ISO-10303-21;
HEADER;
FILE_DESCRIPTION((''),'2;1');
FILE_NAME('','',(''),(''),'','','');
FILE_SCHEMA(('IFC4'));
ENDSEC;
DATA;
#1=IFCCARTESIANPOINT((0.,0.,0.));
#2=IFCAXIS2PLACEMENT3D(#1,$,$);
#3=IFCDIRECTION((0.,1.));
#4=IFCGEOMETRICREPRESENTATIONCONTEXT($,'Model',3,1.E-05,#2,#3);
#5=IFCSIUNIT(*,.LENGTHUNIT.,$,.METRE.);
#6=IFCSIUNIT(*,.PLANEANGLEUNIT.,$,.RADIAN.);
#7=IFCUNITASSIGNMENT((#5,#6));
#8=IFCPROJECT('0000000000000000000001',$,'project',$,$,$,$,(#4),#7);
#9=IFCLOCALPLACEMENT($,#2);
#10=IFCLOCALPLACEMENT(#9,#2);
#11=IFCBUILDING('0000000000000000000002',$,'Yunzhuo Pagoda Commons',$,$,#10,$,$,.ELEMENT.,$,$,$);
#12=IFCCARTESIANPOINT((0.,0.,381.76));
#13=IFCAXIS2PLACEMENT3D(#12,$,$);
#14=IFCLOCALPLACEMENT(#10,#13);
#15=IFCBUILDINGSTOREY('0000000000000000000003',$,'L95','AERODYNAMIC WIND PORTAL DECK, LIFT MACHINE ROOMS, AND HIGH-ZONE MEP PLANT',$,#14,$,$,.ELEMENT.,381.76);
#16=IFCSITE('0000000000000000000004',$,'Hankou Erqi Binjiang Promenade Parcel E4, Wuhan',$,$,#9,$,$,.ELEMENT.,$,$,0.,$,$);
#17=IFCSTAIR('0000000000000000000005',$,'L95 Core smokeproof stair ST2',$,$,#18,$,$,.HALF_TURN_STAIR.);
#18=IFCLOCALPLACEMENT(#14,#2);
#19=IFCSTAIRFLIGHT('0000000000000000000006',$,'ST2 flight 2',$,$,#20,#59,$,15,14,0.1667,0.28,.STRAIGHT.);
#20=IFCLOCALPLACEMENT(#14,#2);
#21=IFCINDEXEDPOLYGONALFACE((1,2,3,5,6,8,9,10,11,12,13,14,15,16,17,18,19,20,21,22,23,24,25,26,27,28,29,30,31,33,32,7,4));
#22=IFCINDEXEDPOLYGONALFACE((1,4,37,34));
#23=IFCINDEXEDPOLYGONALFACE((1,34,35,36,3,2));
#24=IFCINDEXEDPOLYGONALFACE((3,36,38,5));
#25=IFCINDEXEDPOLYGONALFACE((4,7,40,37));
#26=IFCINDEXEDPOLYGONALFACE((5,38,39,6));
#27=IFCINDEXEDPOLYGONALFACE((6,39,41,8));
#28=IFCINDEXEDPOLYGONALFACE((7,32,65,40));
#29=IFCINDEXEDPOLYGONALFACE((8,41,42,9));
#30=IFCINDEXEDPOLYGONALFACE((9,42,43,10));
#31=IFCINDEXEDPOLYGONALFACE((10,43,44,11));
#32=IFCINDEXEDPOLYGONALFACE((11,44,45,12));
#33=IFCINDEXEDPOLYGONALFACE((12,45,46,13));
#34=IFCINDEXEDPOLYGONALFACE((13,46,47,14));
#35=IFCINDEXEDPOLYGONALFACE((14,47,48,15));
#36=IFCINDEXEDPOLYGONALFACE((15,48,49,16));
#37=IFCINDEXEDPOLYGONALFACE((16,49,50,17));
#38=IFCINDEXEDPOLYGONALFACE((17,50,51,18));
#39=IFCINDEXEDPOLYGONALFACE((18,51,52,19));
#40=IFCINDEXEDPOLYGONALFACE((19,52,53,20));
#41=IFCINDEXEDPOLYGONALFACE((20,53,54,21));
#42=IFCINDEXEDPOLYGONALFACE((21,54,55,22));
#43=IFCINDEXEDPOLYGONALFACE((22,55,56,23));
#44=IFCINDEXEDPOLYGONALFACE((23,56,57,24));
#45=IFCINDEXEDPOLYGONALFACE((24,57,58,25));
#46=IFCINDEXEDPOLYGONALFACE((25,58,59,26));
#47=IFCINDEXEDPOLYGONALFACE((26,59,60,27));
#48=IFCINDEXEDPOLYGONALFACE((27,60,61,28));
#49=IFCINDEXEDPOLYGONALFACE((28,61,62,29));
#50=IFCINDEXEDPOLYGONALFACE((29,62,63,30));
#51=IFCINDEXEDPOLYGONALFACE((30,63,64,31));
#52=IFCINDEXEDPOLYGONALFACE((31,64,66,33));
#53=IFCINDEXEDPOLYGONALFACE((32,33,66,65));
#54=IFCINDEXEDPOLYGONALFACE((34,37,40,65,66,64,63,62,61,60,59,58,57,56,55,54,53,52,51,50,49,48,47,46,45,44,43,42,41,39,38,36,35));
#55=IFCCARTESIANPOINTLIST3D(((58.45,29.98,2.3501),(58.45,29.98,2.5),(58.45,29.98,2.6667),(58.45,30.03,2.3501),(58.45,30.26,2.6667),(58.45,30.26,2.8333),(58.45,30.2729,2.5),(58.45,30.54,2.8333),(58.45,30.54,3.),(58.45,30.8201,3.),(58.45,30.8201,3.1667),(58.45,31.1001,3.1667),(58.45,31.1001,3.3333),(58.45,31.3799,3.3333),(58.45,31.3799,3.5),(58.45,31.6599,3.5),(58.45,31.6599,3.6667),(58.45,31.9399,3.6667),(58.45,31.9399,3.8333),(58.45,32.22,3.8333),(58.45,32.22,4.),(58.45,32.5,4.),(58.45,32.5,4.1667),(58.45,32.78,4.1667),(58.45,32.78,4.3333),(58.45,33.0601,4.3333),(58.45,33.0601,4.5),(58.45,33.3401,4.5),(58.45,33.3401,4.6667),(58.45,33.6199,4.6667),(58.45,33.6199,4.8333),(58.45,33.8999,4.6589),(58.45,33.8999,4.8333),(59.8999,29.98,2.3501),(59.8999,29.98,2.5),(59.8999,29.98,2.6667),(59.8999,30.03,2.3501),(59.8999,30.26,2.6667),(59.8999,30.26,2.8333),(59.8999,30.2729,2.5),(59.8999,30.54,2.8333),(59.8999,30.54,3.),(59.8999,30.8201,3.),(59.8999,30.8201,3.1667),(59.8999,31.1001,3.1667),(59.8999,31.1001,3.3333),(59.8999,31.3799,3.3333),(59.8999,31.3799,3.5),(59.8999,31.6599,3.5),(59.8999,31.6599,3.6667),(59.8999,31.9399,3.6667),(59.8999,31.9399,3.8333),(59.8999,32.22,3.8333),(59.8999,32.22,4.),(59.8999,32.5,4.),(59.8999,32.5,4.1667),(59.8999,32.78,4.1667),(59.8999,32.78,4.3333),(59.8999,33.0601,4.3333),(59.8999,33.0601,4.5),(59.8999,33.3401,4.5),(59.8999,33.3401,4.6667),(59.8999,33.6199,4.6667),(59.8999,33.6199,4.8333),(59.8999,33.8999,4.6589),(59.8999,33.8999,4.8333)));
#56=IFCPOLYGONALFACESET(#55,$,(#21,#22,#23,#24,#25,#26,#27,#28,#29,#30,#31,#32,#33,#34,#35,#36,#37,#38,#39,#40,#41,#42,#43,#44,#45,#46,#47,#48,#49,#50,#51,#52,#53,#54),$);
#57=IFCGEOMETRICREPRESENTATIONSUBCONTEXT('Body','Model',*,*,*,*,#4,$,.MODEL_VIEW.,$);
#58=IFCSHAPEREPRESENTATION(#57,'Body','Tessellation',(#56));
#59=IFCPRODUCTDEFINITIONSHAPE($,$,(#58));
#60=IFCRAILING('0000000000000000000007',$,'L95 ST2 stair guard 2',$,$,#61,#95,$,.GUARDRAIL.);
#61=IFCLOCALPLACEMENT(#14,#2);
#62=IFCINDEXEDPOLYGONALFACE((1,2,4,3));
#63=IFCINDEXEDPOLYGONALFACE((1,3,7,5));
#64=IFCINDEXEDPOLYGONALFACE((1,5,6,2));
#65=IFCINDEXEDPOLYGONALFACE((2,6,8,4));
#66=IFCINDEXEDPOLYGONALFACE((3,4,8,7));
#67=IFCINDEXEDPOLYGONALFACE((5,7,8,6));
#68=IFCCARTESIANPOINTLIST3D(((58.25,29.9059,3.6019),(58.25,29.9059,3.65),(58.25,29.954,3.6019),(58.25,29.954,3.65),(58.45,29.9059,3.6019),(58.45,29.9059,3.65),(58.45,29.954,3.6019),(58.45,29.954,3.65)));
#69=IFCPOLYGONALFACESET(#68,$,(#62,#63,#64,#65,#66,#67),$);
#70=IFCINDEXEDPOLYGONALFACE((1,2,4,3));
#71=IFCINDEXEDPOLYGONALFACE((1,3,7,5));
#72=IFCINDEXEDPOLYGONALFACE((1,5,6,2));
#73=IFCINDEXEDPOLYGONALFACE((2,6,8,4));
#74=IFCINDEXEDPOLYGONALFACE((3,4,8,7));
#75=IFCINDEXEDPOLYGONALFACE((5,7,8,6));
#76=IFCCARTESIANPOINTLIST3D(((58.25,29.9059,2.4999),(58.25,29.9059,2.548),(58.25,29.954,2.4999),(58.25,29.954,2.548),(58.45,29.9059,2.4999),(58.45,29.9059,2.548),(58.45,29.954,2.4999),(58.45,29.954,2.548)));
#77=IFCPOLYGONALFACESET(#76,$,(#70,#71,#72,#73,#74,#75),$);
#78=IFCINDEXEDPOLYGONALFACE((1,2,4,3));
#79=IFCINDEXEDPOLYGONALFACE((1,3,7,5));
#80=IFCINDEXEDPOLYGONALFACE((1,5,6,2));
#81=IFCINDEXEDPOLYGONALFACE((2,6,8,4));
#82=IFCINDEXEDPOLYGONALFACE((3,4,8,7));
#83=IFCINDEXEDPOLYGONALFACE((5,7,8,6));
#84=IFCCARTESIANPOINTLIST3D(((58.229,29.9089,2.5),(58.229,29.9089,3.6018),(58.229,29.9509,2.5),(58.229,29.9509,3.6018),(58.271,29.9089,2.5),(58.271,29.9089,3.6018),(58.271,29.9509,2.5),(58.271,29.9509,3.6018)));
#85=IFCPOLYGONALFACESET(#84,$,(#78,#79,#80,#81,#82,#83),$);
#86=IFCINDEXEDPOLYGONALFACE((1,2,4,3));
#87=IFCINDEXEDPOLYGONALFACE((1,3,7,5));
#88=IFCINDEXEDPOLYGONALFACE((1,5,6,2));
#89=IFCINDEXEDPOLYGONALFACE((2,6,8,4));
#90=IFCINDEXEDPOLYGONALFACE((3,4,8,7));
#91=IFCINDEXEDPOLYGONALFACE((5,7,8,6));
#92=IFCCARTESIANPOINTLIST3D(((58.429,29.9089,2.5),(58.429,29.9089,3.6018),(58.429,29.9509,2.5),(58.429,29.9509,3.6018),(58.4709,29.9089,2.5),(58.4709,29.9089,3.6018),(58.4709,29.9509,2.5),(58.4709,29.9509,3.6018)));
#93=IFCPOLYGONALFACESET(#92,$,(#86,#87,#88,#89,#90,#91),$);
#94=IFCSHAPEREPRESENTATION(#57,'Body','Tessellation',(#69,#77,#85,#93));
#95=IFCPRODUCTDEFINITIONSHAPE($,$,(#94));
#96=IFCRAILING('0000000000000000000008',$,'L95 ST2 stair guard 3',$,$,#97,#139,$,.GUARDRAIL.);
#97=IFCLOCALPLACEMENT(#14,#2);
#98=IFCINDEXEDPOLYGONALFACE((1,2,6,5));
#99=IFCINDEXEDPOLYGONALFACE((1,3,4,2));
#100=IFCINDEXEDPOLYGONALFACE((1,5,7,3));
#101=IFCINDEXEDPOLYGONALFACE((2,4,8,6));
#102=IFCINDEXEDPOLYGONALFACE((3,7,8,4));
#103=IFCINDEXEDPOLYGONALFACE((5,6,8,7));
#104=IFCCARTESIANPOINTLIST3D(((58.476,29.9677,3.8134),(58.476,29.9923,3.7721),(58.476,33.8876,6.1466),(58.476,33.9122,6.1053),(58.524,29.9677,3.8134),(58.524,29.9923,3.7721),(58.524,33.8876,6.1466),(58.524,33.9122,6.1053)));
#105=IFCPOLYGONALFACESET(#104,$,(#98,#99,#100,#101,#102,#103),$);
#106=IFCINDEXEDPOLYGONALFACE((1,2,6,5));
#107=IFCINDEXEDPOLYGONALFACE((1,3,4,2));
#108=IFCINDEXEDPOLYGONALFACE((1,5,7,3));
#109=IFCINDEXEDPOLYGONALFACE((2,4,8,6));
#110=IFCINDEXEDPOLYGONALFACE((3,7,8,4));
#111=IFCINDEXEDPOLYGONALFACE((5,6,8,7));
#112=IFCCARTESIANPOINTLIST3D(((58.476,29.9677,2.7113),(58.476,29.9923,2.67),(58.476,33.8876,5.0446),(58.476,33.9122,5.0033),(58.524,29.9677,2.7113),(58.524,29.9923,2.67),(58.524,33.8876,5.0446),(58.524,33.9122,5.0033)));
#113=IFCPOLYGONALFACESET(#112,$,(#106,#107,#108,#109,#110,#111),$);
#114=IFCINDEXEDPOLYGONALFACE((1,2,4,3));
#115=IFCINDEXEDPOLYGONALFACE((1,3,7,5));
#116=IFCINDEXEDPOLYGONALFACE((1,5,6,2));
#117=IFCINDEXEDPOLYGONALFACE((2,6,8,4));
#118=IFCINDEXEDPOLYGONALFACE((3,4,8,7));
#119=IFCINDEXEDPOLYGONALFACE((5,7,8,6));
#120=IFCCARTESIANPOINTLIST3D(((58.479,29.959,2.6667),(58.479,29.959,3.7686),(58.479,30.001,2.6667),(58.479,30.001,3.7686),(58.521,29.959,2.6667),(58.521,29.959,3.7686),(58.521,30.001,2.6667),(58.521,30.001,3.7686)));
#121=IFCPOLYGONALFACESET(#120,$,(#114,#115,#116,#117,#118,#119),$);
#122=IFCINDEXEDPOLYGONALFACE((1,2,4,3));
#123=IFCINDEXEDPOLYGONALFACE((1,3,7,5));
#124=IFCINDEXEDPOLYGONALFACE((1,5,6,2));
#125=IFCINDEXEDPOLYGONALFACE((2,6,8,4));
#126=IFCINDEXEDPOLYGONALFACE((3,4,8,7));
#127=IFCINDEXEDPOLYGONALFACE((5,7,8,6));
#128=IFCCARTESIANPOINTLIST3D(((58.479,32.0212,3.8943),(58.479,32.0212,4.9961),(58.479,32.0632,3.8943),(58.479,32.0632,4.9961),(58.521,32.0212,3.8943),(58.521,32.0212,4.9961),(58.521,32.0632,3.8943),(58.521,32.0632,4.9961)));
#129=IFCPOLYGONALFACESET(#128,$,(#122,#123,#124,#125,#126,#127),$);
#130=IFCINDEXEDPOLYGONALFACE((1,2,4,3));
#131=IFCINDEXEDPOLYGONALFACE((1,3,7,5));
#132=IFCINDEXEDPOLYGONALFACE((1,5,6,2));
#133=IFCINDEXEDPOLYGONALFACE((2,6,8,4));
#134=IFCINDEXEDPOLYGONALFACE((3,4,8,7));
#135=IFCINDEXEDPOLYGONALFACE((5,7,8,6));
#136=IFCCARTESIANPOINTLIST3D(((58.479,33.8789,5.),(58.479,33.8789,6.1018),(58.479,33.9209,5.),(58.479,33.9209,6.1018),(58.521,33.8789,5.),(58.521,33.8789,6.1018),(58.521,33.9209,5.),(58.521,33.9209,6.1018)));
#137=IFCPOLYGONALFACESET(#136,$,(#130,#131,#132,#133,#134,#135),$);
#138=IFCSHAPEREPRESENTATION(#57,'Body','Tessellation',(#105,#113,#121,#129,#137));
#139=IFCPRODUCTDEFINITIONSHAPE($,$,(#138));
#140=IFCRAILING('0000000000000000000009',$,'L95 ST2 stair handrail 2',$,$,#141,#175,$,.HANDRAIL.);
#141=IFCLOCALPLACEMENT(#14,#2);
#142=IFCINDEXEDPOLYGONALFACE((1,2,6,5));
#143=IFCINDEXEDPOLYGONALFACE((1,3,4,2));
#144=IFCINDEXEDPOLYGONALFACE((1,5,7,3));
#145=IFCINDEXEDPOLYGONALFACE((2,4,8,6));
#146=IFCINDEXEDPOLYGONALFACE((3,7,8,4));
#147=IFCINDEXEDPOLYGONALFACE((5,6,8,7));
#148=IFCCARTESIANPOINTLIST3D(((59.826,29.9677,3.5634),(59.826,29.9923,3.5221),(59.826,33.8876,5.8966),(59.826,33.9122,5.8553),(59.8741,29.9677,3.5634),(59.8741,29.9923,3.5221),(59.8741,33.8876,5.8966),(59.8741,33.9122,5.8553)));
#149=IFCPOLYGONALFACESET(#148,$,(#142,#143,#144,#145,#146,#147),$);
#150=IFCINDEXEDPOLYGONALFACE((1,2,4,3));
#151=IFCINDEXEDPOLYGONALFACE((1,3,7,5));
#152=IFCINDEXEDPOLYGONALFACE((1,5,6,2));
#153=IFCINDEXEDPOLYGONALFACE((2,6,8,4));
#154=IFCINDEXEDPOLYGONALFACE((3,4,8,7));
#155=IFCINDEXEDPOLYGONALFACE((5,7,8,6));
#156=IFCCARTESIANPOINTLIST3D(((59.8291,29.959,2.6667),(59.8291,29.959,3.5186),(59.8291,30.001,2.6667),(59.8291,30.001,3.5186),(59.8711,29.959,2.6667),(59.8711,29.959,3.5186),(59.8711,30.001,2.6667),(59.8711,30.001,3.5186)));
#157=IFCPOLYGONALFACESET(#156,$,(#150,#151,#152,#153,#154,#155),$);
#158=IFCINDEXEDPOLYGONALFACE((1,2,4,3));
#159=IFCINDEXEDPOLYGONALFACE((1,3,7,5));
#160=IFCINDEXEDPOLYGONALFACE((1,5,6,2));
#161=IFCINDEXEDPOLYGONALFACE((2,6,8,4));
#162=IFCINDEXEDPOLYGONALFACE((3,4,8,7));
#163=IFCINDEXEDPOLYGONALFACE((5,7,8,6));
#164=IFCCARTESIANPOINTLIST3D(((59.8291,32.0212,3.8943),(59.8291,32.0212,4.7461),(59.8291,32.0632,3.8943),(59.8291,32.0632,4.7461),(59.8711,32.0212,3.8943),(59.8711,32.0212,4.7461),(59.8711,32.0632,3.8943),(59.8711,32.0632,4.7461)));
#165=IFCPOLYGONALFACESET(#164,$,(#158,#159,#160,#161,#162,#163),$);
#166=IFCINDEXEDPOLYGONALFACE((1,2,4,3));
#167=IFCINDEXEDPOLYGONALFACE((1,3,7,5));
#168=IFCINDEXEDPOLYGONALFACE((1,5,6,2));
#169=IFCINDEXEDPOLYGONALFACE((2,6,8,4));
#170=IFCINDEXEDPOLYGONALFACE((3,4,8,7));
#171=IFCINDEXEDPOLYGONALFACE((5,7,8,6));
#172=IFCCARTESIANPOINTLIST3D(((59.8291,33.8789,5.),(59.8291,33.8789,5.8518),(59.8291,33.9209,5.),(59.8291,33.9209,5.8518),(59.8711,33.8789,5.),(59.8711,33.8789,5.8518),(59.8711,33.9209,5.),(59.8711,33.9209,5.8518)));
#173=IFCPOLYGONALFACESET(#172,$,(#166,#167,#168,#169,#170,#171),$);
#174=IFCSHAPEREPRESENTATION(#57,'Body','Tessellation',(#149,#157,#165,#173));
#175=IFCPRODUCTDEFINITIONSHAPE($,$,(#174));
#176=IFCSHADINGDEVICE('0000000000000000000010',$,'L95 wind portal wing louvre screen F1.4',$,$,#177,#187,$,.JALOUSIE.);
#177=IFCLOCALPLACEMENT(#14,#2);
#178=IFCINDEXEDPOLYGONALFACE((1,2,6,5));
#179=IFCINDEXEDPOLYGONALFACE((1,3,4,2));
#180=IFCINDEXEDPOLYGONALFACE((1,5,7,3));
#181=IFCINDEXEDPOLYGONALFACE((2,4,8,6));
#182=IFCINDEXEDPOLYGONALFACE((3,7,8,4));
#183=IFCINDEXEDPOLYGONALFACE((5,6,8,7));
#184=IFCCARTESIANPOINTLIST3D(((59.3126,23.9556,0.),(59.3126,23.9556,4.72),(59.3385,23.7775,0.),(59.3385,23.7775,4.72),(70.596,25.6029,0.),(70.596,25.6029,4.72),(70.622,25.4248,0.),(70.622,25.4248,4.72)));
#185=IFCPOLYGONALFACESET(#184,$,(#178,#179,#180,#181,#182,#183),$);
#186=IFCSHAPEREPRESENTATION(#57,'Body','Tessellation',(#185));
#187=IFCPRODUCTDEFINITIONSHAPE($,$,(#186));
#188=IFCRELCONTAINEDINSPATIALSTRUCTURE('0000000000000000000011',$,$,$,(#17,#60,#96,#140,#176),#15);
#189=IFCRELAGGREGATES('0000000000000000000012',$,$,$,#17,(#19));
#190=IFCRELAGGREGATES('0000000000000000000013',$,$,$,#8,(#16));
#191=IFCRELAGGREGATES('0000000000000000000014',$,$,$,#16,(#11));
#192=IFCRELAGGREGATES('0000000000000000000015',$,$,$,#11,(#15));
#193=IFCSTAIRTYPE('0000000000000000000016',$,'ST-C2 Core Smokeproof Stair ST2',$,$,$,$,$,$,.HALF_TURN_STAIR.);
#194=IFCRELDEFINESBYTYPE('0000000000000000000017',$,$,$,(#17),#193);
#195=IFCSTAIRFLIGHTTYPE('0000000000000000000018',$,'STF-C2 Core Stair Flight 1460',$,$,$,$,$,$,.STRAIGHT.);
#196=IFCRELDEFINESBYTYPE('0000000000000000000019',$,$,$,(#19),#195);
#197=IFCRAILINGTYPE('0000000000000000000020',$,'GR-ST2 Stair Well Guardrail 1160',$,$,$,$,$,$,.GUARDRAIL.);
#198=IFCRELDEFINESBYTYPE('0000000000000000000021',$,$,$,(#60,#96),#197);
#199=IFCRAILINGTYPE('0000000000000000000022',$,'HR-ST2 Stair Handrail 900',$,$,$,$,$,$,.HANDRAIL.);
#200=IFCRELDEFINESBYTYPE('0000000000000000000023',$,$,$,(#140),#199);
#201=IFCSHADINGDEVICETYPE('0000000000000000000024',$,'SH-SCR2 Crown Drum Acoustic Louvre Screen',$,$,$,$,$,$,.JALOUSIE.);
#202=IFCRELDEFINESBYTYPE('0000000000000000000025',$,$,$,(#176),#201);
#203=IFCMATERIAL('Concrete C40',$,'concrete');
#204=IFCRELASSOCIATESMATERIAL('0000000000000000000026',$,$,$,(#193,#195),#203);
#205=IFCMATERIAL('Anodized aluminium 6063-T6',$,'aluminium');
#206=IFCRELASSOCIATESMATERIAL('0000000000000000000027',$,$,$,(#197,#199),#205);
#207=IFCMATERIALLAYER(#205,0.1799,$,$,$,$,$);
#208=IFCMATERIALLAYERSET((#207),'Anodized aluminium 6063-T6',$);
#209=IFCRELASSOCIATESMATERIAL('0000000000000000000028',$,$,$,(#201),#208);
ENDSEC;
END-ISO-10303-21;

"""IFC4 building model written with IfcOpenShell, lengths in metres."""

from ifc_helpers import new_model, si_unit, direction, frame, origin, origin_2d, place, context, subcontext, project, spatial, polyline, rectangle, outline, extrude, source, transform, mapped, material, layer, layer_set, type_object, element, aggregate, save


model = new_model("IFC4")

# Units and contexts
model_context = context("Model", 3, precision=1e-05, world=origin(), true_north=direction((0.0, 1.0)))
body_context = subcontext(model_context, "Body", "Model", "MODEL_VIEW")
ifc_project = project(units=[si_unit("LENGTHUNIT", "METRE"), si_unit("PLANEANGLEUNIT", "RADIAN")], contexts=[model_context])

# Site, building, storey
site_placement = place(None, origin())
site = spatial("IfcSite", under=ifc_project, at=site_placement, Name="Hankou Erqi Binjiang Promenade Parcel E4, Wuhan", CompositionType="ELEMENT", RefElevation=0.0)
building_placement = place(site_placement, origin())
building = spatial("IfcBuilding", under=site, at=building_placement, Name="Yunzhuo Pagoda Commons", CompositionType="ELEMENT")
storey_placement = place(building_placement, frame((0.0, 0.0, 381.76)))
storey = spatial("IfcBuildingStorey", under=building, at=storey_placement, Name="L95", Description="AERODYNAMIC WIND PORTAL DECK, LIFT MACHINE ROOMS, AND HIGH-ZONE MEP PLANT", CompositionType="ELEMENT", Elevation=381.76)

# Stair, stair flight
ifc_material_1 = material(Name="Concrete C40", Category="concrete")
stair_type = type_object("IfcStairType", Name="ST-C2 Core Smokeproof Stair ST2", PredefinedType="HALF_TURN_STAIR", material=ifc_material_1)
stair_placement = place(storey_placement, origin())
stair = element("IfcStair", 1, at=stair_placement, inside=storey, type_object=stair_type, Name="L95 Core smokeproof stair ST2", PredefinedType="HALF_TURN_STAIR")
stair_flight_type = type_object("IfcStairFlightType", Name="STF-C2 Core Stair Flight 1460", PredefinedType="STRAIGHT", material=ifc_material_1)
shared_shape_1 = source(origin(), body_context, "Body", "SweptSolid", [
    extrude(outline(polyline([(0.0, -0.1499), (0.0, 0.0), (0.0, 0.1667), (0.28, 0.1667), (0.28, 0.3333), (0.5601, 0.3333), (0.5601, 0.5), (0.8401, 0.5), (0.8401, 0.6667), (1.1201, 0.6667), (1.1201, 0.8333), (1.3999, 0.8333), (1.3999, 1.0), (1.6799, 1.0), (1.6799, 1.1667), (1.96, 1.1667), (1.96, 1.3333), (2.24, 1.3333), (2.24, 1.5), (2.52, 1.5), (2.52, 1.6667), (2.8, 1.6667), (2.8, 1.8333), (3.0801, 1.8333), (3.0801, 2.0), (3.3601, 2.0), (3.3601, 2.1667), (3.6399, 2.1667), (3.6399, 2.3333), (3.9199, 2.3333), (3.9199, 2.5), (3.9199, 2.1589), (0.293, 0.0), (0.05, -0.1499), (0.0, -0.1499)])), frame((0.0, 0.7251, 0.0), z_axis=(0.0, -1.0, 0.0), x_axis=(1.0, 0.0, 0.0)), (0.0, 0.0, 1.0), 1.45),
])
stair_flight_placement = place(storey_placement, frame((59.175, 29.98, 2.5), z_axis=(0.0, 0.0, 1.0), x_axis=(0.0, 1.0, 0.0)))
stair_flight = element("IfcStairFlight", 2, at=stair_flight_placement, type_object=stair_flight_type, Name="ST2 flight 2", NumberOfRisers=15, NumberOfTreads=14, PredefinedType="STRAIGHT", RiserHeight=0.1667, TreadLength=0.28, context=body_context, shape_type="MappedRepresentation", body=[
    mapped(shared_shape_1, transform((0.0, 0.0, 0.0), scale=1.0)),
])
aggregate(stair, [stair_flight])

# Railings
ifc_material_2 = material(Name="Anodized aluminium 6063-T6", Category="aluminium")
railing_type_1 = type_object("IfcRailingType", Name="GR-ST2 Stair Well Guardrail 1160", PredefinedType="GUARDRAIL", material=ifc_material_2)
railing_1_placement = place(storey_placement, frame((58.25, 29.9299, 2.5)))
element("IfcRailing", 3, at=railing_1_placement, inside=storey, type_object=railing_type_1, Name="L95 ST2 stair guard 2", PredefinedType="GUARDRAIL", context=body_context, shape_type="SweptSolid", body=[
    extrude(rectangle(XDim=0.0481, YDim=0.0481, at=origin_2d()), frame((0.0, 0.0, 1.126), z_axis=(1.0, 0.0, 0.0), x_axis=(0.0, 1.0, 0.0)), (0.0, 0.0, 1.0), 0.2),
    extrude(rectangle(XDim=0.0481, YDim=0.0481, at=origin_2d()), frame((0.0, 0.0, 0.0239), z_axis=(1.0, 0.0, 0.0), x_axis=(0.0, 1.0, 0.0)), (0.0, 0.0, 1.0), 0.2),
    extrude(rectangle(XDim=0.042, YDim=0.042, at=origin_2d()), origin(), (0.0, 0.0, 1.0), 1.1018),
    extrude(rectangle(XDim=0.042, YDim=0.042, at=origin_2d()), frame((0.2, 0.0, 0.0)), (0.0, 0.0, 1.0), 1.1018),
])
railing_2_placement = place(storey_placement, frame((58.5, 29.98, 2.6667)))
element("IfcRailing", 4, at=railing_2_placement, inside=storey, type_object=railing_type_1, Name="L95 ST2 stair guard 3", PredefinedType="GUARDRAIL", context=body_context, shape_type="SweptSolid", body=[
    extrude(rectangle(XDim=0.0481, YDim=0.0481, at=origin_2d()), frame((0.0, 0.0, 1.126), z_axis=(0.0, 0.859296, 0.511478), x_axis=(-1.0, 0.0, 0.0)), (0.0, 0.0, 1.0), 4.5618),
    extrude(rectangle(XDim=0.0481, YDim=0.0481, at=origin_2d()), frame((0.0, 0.0, 0.0239), z_axis=(0.0, 0.859296, 0.511478), x_axis=(-1.0, 0.0, 0.0)), (0.0, 0.0, 1.0), 4.5618),
    extrude(rectangle(XDim=0.042, YDim=0.042, at=origin_2d()), origin(), (0.0, 0.0, 1.0), 1.1018),
    extrude(rectangle(XDim=0.042, YDim=0.042, at=origin_2d()), frame((0.0, 2.0623, 1.2275)), (0.0, 0.0, 1.0), 1.1018),
    extrude(rectangle(XDim=0.042, YDim=0.042, at=origin_2d()), frame((0.0, 3.9199, 2.3333)), (0.0, 0.0, 1.0), 1.1018),
])
railing_type_2 = type_object("IfcRailingType", Name="HR-ST2 Stair Handrail 900", PredefinedType="HANDRAIL", material=ifc_material_2)
railing_3_placement = place(storey_placement, frame((59.8501, 29.98, 2.6667)))
element("IfcRailing", 5, at=railing_3_placement, inside=storey, type_object=railing_type_2, Name="L95 ST2 stair handrail 2", PredefinedType="HANDRAIL", context=body_context, shape_type="SweptSolid", body=[
    extrude(rectangle(XDim=0.0481, YDim=0.0481, at=origin_2d()), frame((0.0, 0.0, 0.876), z_axis=(0.0, 0.859296, 0.511478), x_axis=(-1.0, 0.0, 0.0)), (0.0, 0.0, 1.0), 4.5618),
    extrude(rectangle(XDim=0.042, YDim=0.042, at=origin_2d()), origin(), (0.0, 0.0, 1.0), 0.8518),
    extrude(rectangle(XDim=0.042, YDim=0.042, at=origin_2d()), frame((0.0, 2.0623, 1.2275)), (0.0, 0.0, 1.0), 0.8518),
    extrude(rectangle(XDim=0.042, YDim=0.042, at=origin_2d()), frame((0.0, 3.9199, 2.3333)), (0.0, 0.0, 1.0), 0.8518),
])

# Shading device
ifc_layer_1 = layer(ifc_material_2, 0.1799)
ifc_layer_set_1 = layer_set([ifc_layer_1], Name="Anodized aluminium 6063-T6")
shading_device_type = type_object("IfcShadingDeviceType", Name="SH-SCR2 Crown Drum Acoustic Louvre Screen", PredefinedType="JALOUSIE", material=ifc_layer_set_1)
shared_shape_2 = source(origin(), body_context, "Body", "SweptSolid", [
    extrude(rectangle(XDim=11.4031, YDim=0.1799, at=origin_2d()), origin(), (0.0, 0.0, 1.0), 4.72),
])
shading_device_placement = place(storey_placement, frame((64.9673, 24.6902, 0.0), z_axis=(0.0, 0.0, 1.0), x_axis=(0.989511, 0.14446, 0.0)))
element("IfcShadingDevice", 6, at=shading_device_placement, inside=storey, type_object=shading_device_type, Name="L95 wind portal wing louvre screen F1.4", PredefinedType="JALOUSIE", context=body_context, shape_type="MappedRepresentation", body=[
    mapped(shared_shape_2, transform((0.0, 0.0, 0.0), scale=1.0)),
])

save(model, "model.ifc")
